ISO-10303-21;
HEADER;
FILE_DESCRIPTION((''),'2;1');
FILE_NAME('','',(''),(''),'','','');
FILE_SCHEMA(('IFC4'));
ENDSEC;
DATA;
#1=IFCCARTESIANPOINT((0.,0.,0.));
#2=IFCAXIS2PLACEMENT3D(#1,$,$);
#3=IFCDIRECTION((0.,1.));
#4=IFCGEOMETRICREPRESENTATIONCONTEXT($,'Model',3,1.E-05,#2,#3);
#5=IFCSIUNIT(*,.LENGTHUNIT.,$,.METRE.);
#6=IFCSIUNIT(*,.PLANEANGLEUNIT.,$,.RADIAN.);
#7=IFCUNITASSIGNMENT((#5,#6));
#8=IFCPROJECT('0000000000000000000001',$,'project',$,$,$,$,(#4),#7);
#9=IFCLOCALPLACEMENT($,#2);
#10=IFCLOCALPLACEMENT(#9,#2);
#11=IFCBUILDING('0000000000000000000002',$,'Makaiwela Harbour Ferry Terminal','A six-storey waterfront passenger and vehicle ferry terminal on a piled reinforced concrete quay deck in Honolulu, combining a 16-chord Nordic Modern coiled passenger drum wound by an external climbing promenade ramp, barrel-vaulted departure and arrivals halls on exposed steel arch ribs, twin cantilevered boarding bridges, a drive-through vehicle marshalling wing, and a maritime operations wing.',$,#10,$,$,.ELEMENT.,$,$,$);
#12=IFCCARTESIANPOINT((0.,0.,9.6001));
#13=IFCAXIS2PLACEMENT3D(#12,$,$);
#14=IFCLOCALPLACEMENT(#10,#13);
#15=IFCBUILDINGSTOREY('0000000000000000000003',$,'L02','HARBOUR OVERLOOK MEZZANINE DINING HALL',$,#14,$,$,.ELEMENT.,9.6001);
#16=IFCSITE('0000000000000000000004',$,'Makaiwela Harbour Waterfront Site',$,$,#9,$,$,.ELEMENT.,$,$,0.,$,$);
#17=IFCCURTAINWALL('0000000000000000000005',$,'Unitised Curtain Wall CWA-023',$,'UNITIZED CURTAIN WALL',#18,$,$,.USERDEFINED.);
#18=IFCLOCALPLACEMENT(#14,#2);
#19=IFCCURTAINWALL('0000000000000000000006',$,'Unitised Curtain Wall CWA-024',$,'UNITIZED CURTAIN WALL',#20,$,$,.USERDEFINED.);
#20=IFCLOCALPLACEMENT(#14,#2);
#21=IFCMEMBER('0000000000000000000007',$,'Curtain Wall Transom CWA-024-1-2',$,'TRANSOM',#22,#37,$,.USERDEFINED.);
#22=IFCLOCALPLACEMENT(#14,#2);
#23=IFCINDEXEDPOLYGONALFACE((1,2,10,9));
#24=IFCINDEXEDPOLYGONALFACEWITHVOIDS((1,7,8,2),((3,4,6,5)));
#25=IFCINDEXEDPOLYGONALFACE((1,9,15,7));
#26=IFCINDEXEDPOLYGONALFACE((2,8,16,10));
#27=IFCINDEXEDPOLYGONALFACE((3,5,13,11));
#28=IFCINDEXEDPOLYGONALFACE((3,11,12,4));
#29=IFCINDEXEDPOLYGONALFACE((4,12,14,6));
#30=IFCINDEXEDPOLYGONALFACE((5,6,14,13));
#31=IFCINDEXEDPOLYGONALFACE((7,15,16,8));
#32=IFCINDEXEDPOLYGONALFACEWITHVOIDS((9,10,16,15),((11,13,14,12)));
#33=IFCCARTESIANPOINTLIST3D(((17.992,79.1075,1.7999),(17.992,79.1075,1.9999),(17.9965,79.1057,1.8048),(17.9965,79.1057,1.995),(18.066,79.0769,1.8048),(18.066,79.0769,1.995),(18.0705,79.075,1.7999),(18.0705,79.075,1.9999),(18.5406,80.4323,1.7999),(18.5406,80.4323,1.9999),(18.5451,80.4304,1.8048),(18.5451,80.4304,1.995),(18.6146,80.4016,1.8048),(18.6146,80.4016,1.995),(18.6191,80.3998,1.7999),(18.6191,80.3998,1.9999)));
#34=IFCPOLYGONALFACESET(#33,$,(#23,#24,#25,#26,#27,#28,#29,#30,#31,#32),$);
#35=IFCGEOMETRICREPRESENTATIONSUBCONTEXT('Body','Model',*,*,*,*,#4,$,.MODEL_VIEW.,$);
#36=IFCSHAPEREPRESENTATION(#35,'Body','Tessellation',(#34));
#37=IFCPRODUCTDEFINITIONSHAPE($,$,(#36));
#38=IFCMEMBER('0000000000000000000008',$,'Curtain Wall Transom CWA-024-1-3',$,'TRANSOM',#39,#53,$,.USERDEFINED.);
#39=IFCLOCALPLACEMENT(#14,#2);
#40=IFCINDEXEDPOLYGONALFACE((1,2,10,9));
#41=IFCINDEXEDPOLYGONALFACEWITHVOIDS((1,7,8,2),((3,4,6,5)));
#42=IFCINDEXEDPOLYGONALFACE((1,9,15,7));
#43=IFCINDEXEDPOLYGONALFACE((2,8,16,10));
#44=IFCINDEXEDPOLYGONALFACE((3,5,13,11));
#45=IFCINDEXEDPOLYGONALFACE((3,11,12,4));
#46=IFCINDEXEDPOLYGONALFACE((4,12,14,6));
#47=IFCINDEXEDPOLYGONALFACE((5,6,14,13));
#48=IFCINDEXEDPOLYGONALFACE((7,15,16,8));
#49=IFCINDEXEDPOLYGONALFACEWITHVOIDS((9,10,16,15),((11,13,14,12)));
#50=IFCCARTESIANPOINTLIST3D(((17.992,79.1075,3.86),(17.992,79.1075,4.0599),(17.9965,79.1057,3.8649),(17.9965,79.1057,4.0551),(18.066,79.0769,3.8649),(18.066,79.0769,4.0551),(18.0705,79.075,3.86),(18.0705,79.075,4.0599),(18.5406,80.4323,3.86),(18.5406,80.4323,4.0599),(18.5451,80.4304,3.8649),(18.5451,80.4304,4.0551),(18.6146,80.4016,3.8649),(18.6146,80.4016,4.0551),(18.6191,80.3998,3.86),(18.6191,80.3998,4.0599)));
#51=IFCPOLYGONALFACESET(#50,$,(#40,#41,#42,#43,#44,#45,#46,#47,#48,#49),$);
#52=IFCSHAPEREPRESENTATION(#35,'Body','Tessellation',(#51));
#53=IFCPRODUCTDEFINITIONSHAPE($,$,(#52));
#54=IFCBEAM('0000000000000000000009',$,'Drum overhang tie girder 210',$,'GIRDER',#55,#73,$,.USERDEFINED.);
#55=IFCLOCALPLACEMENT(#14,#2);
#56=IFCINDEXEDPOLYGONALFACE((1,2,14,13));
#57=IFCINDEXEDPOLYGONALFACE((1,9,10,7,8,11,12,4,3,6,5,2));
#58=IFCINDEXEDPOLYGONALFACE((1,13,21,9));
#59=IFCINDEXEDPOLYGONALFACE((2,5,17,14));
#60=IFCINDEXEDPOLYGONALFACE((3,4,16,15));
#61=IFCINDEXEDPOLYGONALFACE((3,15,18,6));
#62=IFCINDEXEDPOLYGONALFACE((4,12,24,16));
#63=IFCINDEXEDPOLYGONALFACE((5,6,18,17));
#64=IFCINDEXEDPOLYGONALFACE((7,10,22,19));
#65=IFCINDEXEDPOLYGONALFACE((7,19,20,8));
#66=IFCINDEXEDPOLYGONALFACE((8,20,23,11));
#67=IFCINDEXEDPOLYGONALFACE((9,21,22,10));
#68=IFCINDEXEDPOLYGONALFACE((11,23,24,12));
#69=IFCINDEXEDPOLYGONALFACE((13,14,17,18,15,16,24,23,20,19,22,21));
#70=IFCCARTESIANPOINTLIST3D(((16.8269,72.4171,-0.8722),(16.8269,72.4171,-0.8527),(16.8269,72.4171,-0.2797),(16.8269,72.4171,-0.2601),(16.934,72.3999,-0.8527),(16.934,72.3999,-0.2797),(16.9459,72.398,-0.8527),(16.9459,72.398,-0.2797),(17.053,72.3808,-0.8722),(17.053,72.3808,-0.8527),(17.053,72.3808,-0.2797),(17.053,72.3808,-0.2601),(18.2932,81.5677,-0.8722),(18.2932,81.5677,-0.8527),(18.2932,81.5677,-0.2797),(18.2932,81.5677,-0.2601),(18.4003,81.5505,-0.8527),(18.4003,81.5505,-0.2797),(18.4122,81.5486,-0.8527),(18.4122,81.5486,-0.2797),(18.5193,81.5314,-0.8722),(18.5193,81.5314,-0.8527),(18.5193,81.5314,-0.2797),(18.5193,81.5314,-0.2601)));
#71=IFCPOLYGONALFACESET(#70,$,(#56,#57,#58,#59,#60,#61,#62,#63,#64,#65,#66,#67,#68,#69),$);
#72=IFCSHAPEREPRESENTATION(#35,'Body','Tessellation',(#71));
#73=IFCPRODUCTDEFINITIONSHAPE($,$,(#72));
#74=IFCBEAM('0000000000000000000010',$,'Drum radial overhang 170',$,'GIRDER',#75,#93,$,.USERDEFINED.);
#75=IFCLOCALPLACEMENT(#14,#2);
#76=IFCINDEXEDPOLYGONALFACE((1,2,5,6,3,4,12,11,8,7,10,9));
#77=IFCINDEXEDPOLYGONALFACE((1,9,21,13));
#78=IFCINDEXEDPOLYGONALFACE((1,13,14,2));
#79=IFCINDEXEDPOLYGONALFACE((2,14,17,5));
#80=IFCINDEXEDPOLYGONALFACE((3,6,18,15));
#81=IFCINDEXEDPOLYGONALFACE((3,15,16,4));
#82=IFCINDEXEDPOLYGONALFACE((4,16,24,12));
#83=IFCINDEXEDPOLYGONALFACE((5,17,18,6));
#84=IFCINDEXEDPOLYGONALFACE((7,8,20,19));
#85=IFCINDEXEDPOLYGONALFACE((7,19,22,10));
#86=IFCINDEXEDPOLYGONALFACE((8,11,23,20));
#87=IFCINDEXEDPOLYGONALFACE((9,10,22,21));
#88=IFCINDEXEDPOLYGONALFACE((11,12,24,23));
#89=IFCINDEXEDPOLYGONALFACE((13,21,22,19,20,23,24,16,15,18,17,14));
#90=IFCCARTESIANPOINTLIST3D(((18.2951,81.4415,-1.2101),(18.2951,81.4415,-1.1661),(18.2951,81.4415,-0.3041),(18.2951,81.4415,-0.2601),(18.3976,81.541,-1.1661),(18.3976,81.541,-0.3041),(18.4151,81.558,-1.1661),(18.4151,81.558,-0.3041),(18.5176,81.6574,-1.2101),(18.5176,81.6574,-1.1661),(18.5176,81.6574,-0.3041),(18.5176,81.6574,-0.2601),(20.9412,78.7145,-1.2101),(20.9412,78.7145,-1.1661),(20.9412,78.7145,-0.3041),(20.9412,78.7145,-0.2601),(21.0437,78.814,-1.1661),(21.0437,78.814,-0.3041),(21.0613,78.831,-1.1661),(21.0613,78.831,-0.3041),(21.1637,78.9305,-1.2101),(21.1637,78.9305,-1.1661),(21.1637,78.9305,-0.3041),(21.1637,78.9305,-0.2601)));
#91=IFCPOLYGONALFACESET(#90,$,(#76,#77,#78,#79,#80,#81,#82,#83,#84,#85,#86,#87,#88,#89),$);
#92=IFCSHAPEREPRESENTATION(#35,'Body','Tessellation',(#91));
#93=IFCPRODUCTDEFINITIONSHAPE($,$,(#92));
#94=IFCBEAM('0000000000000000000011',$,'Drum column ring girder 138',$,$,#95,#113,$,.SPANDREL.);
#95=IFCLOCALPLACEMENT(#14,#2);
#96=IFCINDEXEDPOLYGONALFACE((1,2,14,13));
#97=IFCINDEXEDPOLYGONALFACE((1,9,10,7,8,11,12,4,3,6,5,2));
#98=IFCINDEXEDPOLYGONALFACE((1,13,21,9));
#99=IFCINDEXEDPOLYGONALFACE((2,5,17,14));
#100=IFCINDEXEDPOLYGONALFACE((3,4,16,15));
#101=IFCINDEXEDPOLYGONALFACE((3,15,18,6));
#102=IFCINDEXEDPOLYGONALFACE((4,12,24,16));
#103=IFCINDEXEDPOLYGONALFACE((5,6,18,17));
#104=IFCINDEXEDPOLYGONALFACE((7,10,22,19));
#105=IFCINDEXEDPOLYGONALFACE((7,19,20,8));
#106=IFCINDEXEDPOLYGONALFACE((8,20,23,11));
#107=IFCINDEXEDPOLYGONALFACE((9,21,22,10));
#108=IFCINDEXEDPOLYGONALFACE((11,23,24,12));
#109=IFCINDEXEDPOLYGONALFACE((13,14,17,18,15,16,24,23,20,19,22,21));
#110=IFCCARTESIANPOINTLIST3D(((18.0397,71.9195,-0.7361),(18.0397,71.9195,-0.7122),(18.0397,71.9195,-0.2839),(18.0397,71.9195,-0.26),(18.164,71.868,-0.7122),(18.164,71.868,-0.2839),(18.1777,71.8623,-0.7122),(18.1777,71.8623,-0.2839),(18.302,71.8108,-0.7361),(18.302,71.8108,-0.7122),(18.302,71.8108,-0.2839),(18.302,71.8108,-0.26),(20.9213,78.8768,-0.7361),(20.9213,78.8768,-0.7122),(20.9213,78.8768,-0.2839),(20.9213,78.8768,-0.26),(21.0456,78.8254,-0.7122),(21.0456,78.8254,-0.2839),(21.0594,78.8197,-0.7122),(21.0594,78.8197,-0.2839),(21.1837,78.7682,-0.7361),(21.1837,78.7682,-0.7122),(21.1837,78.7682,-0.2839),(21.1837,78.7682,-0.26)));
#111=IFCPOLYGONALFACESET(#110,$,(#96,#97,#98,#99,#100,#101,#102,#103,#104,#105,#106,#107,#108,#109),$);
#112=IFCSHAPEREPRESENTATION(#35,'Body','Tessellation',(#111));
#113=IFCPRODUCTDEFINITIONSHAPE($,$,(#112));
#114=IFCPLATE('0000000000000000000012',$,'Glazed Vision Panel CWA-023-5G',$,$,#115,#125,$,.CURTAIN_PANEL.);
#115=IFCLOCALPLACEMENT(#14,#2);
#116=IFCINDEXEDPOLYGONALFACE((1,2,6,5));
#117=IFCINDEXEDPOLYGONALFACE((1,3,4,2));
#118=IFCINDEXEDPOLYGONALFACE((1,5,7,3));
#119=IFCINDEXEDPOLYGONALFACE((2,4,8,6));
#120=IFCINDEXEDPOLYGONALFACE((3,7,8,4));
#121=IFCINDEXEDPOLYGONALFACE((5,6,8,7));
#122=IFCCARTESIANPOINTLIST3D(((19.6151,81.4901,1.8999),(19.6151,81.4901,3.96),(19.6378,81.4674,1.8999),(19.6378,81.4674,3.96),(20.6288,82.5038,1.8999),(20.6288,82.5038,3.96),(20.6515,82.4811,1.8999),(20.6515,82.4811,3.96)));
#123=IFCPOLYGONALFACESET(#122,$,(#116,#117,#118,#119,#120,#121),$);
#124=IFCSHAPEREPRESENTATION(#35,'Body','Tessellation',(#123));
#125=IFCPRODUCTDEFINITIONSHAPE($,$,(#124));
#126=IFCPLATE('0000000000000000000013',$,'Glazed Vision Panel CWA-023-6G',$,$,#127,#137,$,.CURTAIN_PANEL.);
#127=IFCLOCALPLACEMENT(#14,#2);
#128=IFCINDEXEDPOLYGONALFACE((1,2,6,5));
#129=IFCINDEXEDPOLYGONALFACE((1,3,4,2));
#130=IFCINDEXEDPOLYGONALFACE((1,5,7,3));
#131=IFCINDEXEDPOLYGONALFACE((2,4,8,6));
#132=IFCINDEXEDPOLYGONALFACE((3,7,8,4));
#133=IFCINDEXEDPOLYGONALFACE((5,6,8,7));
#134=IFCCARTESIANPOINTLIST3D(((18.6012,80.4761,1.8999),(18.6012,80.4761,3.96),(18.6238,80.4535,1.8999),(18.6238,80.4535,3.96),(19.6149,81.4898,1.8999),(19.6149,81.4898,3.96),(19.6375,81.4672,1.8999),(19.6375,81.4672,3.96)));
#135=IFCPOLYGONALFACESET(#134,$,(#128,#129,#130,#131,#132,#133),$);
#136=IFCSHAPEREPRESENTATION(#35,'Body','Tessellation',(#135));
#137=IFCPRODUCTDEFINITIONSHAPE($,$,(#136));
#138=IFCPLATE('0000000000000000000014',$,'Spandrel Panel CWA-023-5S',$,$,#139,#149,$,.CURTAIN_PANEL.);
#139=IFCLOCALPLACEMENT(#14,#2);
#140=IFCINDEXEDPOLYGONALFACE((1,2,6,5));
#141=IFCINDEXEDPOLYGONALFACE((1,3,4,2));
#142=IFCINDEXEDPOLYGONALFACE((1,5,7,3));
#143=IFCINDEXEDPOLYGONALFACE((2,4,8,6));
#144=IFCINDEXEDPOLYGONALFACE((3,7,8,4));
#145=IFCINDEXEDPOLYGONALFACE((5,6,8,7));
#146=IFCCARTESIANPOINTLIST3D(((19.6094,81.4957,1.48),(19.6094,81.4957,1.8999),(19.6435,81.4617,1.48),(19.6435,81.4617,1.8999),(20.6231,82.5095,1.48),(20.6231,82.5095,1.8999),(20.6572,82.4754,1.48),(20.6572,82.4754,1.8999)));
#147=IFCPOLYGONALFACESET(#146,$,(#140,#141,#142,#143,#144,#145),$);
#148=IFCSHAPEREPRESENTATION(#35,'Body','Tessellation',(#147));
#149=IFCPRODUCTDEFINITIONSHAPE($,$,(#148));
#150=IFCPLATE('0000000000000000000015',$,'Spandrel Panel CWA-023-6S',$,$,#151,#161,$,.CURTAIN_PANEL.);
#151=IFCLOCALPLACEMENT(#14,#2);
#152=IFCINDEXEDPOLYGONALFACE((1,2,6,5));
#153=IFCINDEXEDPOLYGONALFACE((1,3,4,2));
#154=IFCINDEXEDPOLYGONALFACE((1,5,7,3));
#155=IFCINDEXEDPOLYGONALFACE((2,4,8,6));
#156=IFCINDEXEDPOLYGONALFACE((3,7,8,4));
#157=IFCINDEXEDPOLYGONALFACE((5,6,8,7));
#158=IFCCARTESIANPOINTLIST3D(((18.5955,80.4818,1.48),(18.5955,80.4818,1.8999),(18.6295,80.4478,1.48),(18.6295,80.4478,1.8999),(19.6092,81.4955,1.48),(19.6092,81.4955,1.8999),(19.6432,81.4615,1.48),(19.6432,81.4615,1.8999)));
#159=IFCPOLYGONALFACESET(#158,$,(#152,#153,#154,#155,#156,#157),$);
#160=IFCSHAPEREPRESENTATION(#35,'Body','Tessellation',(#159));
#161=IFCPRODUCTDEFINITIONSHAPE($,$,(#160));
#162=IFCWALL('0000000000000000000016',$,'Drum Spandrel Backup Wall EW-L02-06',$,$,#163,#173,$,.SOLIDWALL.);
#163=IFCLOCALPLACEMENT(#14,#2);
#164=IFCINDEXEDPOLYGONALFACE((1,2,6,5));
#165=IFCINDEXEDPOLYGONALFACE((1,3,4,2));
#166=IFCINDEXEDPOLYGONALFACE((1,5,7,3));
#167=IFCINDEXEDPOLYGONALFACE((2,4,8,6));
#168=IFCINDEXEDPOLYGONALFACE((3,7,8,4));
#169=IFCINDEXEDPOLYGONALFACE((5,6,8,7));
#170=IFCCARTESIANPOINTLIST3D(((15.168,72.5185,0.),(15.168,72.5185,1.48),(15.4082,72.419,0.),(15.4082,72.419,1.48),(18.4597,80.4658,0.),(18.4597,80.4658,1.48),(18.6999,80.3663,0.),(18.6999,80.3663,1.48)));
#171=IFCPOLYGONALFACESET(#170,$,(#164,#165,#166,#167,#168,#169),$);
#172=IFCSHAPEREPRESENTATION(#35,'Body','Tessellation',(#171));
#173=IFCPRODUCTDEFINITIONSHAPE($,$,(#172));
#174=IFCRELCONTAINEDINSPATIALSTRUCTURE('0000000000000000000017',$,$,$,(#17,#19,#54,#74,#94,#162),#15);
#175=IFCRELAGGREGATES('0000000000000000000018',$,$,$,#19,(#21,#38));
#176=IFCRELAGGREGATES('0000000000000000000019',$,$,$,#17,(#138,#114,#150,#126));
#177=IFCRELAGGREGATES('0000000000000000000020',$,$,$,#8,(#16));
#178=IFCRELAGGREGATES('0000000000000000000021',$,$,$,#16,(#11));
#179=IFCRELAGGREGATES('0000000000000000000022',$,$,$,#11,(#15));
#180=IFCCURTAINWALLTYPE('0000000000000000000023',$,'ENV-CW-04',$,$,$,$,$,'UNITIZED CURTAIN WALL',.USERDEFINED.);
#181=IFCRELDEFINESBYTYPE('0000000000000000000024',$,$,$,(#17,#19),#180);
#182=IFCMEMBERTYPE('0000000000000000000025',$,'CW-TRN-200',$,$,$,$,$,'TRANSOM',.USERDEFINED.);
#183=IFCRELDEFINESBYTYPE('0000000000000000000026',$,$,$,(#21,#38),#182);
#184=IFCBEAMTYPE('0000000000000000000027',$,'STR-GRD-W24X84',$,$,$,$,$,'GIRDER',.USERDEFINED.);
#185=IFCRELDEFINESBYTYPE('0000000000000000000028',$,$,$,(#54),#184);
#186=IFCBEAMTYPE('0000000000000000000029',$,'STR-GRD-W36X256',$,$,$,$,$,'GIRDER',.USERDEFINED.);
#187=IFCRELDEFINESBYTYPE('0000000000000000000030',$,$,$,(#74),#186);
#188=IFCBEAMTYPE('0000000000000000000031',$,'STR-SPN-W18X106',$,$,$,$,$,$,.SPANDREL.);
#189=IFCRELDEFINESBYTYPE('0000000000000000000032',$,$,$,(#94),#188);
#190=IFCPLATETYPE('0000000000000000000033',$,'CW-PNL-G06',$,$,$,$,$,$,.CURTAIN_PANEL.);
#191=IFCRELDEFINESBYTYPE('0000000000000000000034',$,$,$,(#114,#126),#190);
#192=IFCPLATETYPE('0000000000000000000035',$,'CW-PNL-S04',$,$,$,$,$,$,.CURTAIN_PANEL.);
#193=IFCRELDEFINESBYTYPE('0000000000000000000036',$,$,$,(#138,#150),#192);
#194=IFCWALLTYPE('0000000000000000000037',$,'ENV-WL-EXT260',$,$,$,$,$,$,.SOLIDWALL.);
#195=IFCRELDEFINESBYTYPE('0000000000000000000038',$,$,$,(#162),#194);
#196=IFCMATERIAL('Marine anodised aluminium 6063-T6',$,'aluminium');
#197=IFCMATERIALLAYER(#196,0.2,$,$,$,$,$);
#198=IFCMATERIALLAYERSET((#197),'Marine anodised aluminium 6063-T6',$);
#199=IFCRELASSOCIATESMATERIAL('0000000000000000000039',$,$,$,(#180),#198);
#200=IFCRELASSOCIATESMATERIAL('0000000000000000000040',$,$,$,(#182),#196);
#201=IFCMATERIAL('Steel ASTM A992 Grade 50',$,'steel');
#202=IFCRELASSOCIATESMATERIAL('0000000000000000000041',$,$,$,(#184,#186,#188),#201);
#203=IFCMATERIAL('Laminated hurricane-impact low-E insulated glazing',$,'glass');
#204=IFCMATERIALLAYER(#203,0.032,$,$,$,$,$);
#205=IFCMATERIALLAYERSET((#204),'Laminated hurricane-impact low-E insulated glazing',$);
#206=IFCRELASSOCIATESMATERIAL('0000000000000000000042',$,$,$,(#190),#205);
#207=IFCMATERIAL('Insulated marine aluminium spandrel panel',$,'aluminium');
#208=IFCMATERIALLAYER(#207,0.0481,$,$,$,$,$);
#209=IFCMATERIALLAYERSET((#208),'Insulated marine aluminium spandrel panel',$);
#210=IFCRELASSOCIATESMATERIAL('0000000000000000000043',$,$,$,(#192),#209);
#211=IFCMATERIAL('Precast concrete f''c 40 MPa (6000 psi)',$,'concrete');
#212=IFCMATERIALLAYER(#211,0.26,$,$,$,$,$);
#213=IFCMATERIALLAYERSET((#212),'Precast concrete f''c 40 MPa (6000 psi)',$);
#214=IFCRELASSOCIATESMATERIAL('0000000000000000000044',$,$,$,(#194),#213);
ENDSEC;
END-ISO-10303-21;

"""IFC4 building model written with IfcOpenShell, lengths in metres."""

from ifc_helpers import new_model, si_unit, direction, frame, frame_2d, origin, origin_2d, place, context, subcontext, project, spatial, rectangle, hollow_rectangle, i_section, extrude, material, layer, layer_set, material_profile, profile_set, type_object, element, aggregate, save


model = new_model("IFC4")

# Units and contexts
model_context = context("Model", 3, precision=1e-05, world=origin(), true_north=direction((0.0, 1.0)))
body_context = subcontext(model_context, "Body", "Model", "MODEL_VIEW")
ifc_project = project(units=[si_unit("LENGTHUNIT", "METRE"), si_unit("PLANEANGLEUNIT", "RADIAN")], contexts=[model_context])

# Site, building, storey
site_placement = place(None, origin())
site = spatial("IfcSite", under=ifc_project, at=site_placement, Name="Makaiwela Harbour Waterfront Site", CompositionType="ELEMENT", RefElevation=0.0)
building_placement = place(site_placement, origin())
building = spatial("IfcBuilding", under=site, at=building_placement, Name="Makaiwela Harbour Ferry Terminal", Description="A six-storey waterfront passenger and vehicle ferry terminal on a piled reinforced concrete quay deck in Honolulu, combining a 16-chord Nordic Modern coiled passenger drum wound by an external climbing promenade ramp, barrel-vaulted departure and arrivals halls on exposed steel arch ribs, twin cantilevered boarding bridges, a drive-through vehicle marshalling wing, and a maritime operations wing.", CompositionType="ELEMENT")
storey_placement = place(building_placement, frame((0.0, 0.0, 9.6001)))
storey = spatial("IfcBuildingStorey", under=building, at=storey_placement, Name="L02", Description="HARBOUR OVERLOOK MEZZANINE DINING HALL", CompositionType="ELEMENT", Elevation=9.6001)

# Shared definitions
ifc_material_1 = material(Name="Steel ASTM A992 Grade 50", Category="steel")

# Curtain wall
ifc_material_2 = material(Name="Marine anodised aluminium 6063-T6", Category="aluminium")
ifc_layer_1 = layer(ifc_material_2, 0.2)
ifc_layer_set_1 = layer_set([ifc_layer_1], Name="Marine anodised aluminium 6063-T6")
curtain_wall_type = type_object("IfcCurtainWallType", Name="ENV-CW-04", ElementType="UNITIZED CURTAIN WALL", PredefinedType="USERDEFINED", material=ifc_layer_set_1)
curtain_wall_1_placement = place(storey_placement, origin())
curtain_wall_1 = element("IfcCurtainWall", 1, at=curtain_wall_1_placement, inside=storey, type_object=curtain_wall_type, Name="Unitised Curtain Wall CWA-023", ObjectType="UNITIZED CURTAIN WALL", PredefinedType="USERDEFINED")

# Curtain wall
curtain_wall_2_placement = place(storey_placement, origin())
curtain_wall_2 = element("IfcCurtainWall", 2, at=curtain_wall_2_placement, inside=storey, type_object=curtain_wall_type, Name="Unitised Curtain Wall CWA-024", ObjectType="UNITIZED CURTAIN WALL", PredefinedType="USERDEFINED")

# Members
ifc_material_profile_1 = material_profile(ifc_material_2, hollow_rectangle(XDim=0.085, YDim=0.2, WallThickness=0.0049, at=origin_2d()), Name="CWT-200X85")
ifc_profile_set_1 = profile_set([ifc_material_profile_1], Name="Marine anodised aluminium 6063-T6")
member_type_1 = type_object("IfcMemberType", Name="CW-TRN-200", ElementType="TRANSOM", PredefinedType="USERDEFINED", material=ifc_profile_set_1)
member_1_placement = place(storey_placement, frame((18.5798, 80.416, 1.8999), z_axis=(-0.382607, -0.923911, 0.0), x_axis=(0.923911, -0.382607, 0.0)))
member_1 = element("IfcMember", 3, at=member_1_placement, type_object=member_type_1, Name="Curtain Wall Transom CWA-024-1-2", ObjectType="TRANSOM", PredefinedType="USERDEFINED", context=body_context, shape_type="SweptSolid", body=[
    extrude(hollow_rectangle(XDim=0.085, YDim=0.2, WallThickness=0.0049, at=origin_2d()), origin(), (0.0, 0.0, 1.0), 1.4338),
])
member_2_placement = place(storey_placement, frame((18.5798, 80.416, 3.96), z_axis=(-0.382607, -0.923911, 0.0), x_axis=(0.923911, -0.382607, 0.0)))
member_2 = element("IfcMember", 4, at=member_2_placement, type_object=member_type_1, Name="Curtain Wall Transom CWA-024-1-3", ObjectType="TRANSOM", PredefinedType="USERDEFINED", context=body_context, shape_type="SweptSolid", body=[
    extrude(hollow_rectangle(XDim=0.085, YDim=0.2, WallThickness=0.0049, at=origin_2d()), origin(), (0.0, 0.0, 1.0), 1.4338),
])
aggregate(curtain_wall_2, [member_1, member_2])

# Beams
ifc_material_profile_2 = material_profile(ifc_material_1, i_section(OverallWidth=0.229, OverallDepth=0.6121, WebThickness=0.012, FlangeThickness=0.0195, at=origin_2d()), Name="W24X84")
ifc_profile_set_2 = profile_set([ifc_material_profile_2], Name="Steel ASTM A992 Grade 50")
beam_type_1 = type_object("IfcBeamType", Name="STR-GRD-W24X84", ElementType="GIRDER", PredefinedType="USERDEFINED", material=ifc_profile_set_2)
beam_1_placement = place(storey_placement, frame((18.4062, 81.5496, -0.5662), z_axis=(-0.158223, -0.987403, 0.0), x_axis=(0.987403, -0.158223, 0.0)))
element("IfcBeam", 5, at=beam_1_placement, inside=storey, type_object=beam_type_1, Name="Drum overhang tie girder 210", ObjectType="GIRDER", PredefinedType="USERDEFINED", context=body_context, shape_type="SweptSolid", body=[
    extrude(i_section(OverallWidth=0.229, OverallDepth=0.6121, WebThickness=0.012, FlangeThickness=0.0195, at=origin_2d()), origin(), (0.0, 0.0, 1.0), 9.2673),
])
ifc_material_profile_3 = material_profile(ifc_material_1, i_section(OverallWidth=0.3101, OverallDepth=0.95, WebThickness=0.0244, FlangeThickness=0.0439, at=origin_2d()), Name="W36X256")
ifc_profile_set_3 = profile_set([ifc_material_profile_3], Name="Steel ASTM A992 Grade 50")
beam_type_2 = type_object("IfcBeamType", Name="STR-GRD-W36X256", ElementType="GIRDER", PredefinedType="USERDEFINED", material=ifc_profile_set_3)
beam_2_placement = place(storey_placement, frame((21.0525, 78.8225, -0.7351), z_axis=(-0.696394, 0.71766, 0.0), x_axis=(-0.71766, -0.696394, 0.0)))
element("IfcBeam", 6, at=beam_2_placement, inside=storey, type_object=beam_type_2, Name="Drum radial overhang 170", ObjectType="GIRDER", PredefinedType="USERDEFINED", context=body_context, shape_type="SweptSolid", body=[
    extrude(i_section(OverallWidth=0.3101, OverallDepth=0.95, WebThickness=0.0244, FlangeThickness=0.0439, at=origin_2d()), origin(), (0.0, 0.0, 1.0), 3.7998),
])
ifc_material_profile_4 = material_profile(ifc_material_1, i_section(OverallWidth=0.2839, OverallDepth=0.4761, WebThickness=0.0149, FlangeThickness=0.0239, at=origin_2d()), Name="W18X106")
ifc_profile_set_4 = profile_set([ifc_material_profile_4], Name="Steel ASTM A992 Grade 50")
beam_type_3 = type_object("IfcBeamType", Name="STR-SPN-W18X106", PredefinedType="SPANDREL", material=ifc_profile_set_4)
beam_3_placement = place(storey_placement, frame((21.0525, 78.8225, -0.498), z_axis=(-0.38266, -0.923889, 0.0), x_axis=(0.923889, -0.38266, 0.0)))
element("IfcBeam", 7, at=beam_3_placement, inside=storey, type_object=beam_type_3, Name="Drum column ring girder 138", PredefinedType="SPANDREL", context=body_context, shape_type="SweptSolid", body=[
    extrude(i_section(OverallWidth=0.2839, OverallDepth=0.4761, WebThickness=0.0149, FlangeThickness=0.0239, at=origin_2d()), origin(), (0.0, 0.0, 1.0), 7.5305),
])

# Plates
ifc_material_3 = material(Name="Laminated hurricane-impact low-E insulated glazing", Category="glass")
ifc_layer_2 = layer(ifc_material_3, 0.032)
ifc_layer_set_2 = layer_set([ifc_layer_2], Name="Laminated hurricane-impact low-E insulated glazing")
plate_type_1 = type_object("IfcPlateType", Name="CW-PNL-G06", PredefinedType="CURTAIN_PANEL", material=ifc_layer_set_2)
plate_1_placement = place(storey_placement, frame((20.1333, 81.9856, 1.8999), z_axis=(0.0, 0.0, 1.0), x_axis=(-0.707107, -0.707107, 0.0)))
plate_1 = element("IfcPlate", 8, at=plate_1_placement, type_object=plate_type_1, Name="Glazed Vision Panel CWA-023-5G", PredefinedType="CURTAIN_PANEL", context=body_context, shape_type="SweptSolid", body=[
    extrude(rectangle(XDim=1.4336, YDim=0.032, at=origin_2d()), origin(), (0.0, 0.0, 1.0), 2.0601),
])
plate_2_placement = place(storey_placement, frame((19.1194, 80.9717, 1.8999), z_axis=(0.0, 0.0, 1.0), x_axis=(-0.707107, -0.707107, 0.0)))
plate_2 = element("IfcPlate", 9, at=plate_2_placement, type_object=plate_type_1, Name="Glazed Vision Panel CWA-023-6G", PredefinedType="CURTAIN_PANEL", context=body_context, shape_type="SweptSolid", body=[
    extrude(rectangle(XDim=1.4336, YDim=0.032, at=origin_2d()), origin(), (0.0, 0.0, 1.0), 2.0601),
])
ifc_material_4 = material(Name="Insulated marine aluminium spandrel panel", Category="aluminium")
ifc_layer_3 = layer(ifc_material_4, 0.0481)
ifc_layer_set_3 = layer_set([ifc_layer_3], Name="Insulated marine aluminium spandrel panel")
plate_type_2 = type_object("IfcPlateType", Name="CW-PNL-S04", PredefinedType="CURTAIN_PANEL", material=ifc_layer_set_3)
plate_3_placement = place(storey_placement, frame((20.1333, 81.9856, 1.48), z_axis=(0.0, 0.0, 1.0), x_axis=(-0.707107, -0.707107, 0.0)))
plate_3 = element("IfcPlate", 10, at=plate_3_placement, type_object=plate_type_2, Name="Spandrel Panel CWA-023-5S", PredefinedType="CURTAIN_PANEL", context=body_context, shape_type="SweptSolid", body=[
    extrude(rectangle(XDim=1.4336, YDim=0.0481, at=origin_2d()), origin(), (0.0, 0.0, 1.0), 0.4199),
])
plate_4_placement = place(storey_placement, frame((19.1194, 80.9717, 1.48), z_axis=(0.0, 0.0, 1.0), x_axis=(-0.707107, -0.707107, 0.0)))
plate_4 = element("IfcPlate", 11, at=plate_4_placement, type_object=plate_type_2, Name="Spandrel Panel CWA-023-6S", PredefinedType="CURTAIN_PANEL", context=body_context, shape_type="SweptSolid", body=[
    extrude(rectangle(XDim=1.4336, YDim=0.0481, at=origin_2d()), origin(), (0.0, 0.0, 1.0), 0.4199),
])
aggregate(curtain_wall_1, [plate_3, plate_1, plate_4, plate_2])

# Wall
ifc_material_5 = material(Name="Precast concrete f'c 40 MPa (6000 psi)", Category="concrete")
ifc_layer_4 = layer(ifc_material_5, 0.26)
ifc_layer_set_4 = layer_set([ifc_layer_4], Name="Precast concrete f'c 40 MPa (6000 psi)")
wall_type = type_object("IfcWallType", Name="ENV-WL-EXT260", PredefinedType="SOLIDWALL", material=ifc_layer_set_4)
wall_placement = place(storey_placement, frame((18.5798, 80.416, 0.0), z_axis=(0.0, 0.0, 1.0), x_axis=(-0.382672, -0.923884, 0.0)))
element("IfcWall", 12, at=wall_placement, inside=storey, type_object=wall_type, Name="Drum Spandrel Backup Wall EW-L02-06", PredefinedType="SOLIDWALL", context=body_context, shape_type="SweptSolid", body=[
    extrude(rectangle(XDim=8.6021, YDim=0.26, at=frame_2d((4.301, 0.0))), origin(), (0.0, 0.0, 1.0), 1.48),
])

save(model, "model.ifc")
